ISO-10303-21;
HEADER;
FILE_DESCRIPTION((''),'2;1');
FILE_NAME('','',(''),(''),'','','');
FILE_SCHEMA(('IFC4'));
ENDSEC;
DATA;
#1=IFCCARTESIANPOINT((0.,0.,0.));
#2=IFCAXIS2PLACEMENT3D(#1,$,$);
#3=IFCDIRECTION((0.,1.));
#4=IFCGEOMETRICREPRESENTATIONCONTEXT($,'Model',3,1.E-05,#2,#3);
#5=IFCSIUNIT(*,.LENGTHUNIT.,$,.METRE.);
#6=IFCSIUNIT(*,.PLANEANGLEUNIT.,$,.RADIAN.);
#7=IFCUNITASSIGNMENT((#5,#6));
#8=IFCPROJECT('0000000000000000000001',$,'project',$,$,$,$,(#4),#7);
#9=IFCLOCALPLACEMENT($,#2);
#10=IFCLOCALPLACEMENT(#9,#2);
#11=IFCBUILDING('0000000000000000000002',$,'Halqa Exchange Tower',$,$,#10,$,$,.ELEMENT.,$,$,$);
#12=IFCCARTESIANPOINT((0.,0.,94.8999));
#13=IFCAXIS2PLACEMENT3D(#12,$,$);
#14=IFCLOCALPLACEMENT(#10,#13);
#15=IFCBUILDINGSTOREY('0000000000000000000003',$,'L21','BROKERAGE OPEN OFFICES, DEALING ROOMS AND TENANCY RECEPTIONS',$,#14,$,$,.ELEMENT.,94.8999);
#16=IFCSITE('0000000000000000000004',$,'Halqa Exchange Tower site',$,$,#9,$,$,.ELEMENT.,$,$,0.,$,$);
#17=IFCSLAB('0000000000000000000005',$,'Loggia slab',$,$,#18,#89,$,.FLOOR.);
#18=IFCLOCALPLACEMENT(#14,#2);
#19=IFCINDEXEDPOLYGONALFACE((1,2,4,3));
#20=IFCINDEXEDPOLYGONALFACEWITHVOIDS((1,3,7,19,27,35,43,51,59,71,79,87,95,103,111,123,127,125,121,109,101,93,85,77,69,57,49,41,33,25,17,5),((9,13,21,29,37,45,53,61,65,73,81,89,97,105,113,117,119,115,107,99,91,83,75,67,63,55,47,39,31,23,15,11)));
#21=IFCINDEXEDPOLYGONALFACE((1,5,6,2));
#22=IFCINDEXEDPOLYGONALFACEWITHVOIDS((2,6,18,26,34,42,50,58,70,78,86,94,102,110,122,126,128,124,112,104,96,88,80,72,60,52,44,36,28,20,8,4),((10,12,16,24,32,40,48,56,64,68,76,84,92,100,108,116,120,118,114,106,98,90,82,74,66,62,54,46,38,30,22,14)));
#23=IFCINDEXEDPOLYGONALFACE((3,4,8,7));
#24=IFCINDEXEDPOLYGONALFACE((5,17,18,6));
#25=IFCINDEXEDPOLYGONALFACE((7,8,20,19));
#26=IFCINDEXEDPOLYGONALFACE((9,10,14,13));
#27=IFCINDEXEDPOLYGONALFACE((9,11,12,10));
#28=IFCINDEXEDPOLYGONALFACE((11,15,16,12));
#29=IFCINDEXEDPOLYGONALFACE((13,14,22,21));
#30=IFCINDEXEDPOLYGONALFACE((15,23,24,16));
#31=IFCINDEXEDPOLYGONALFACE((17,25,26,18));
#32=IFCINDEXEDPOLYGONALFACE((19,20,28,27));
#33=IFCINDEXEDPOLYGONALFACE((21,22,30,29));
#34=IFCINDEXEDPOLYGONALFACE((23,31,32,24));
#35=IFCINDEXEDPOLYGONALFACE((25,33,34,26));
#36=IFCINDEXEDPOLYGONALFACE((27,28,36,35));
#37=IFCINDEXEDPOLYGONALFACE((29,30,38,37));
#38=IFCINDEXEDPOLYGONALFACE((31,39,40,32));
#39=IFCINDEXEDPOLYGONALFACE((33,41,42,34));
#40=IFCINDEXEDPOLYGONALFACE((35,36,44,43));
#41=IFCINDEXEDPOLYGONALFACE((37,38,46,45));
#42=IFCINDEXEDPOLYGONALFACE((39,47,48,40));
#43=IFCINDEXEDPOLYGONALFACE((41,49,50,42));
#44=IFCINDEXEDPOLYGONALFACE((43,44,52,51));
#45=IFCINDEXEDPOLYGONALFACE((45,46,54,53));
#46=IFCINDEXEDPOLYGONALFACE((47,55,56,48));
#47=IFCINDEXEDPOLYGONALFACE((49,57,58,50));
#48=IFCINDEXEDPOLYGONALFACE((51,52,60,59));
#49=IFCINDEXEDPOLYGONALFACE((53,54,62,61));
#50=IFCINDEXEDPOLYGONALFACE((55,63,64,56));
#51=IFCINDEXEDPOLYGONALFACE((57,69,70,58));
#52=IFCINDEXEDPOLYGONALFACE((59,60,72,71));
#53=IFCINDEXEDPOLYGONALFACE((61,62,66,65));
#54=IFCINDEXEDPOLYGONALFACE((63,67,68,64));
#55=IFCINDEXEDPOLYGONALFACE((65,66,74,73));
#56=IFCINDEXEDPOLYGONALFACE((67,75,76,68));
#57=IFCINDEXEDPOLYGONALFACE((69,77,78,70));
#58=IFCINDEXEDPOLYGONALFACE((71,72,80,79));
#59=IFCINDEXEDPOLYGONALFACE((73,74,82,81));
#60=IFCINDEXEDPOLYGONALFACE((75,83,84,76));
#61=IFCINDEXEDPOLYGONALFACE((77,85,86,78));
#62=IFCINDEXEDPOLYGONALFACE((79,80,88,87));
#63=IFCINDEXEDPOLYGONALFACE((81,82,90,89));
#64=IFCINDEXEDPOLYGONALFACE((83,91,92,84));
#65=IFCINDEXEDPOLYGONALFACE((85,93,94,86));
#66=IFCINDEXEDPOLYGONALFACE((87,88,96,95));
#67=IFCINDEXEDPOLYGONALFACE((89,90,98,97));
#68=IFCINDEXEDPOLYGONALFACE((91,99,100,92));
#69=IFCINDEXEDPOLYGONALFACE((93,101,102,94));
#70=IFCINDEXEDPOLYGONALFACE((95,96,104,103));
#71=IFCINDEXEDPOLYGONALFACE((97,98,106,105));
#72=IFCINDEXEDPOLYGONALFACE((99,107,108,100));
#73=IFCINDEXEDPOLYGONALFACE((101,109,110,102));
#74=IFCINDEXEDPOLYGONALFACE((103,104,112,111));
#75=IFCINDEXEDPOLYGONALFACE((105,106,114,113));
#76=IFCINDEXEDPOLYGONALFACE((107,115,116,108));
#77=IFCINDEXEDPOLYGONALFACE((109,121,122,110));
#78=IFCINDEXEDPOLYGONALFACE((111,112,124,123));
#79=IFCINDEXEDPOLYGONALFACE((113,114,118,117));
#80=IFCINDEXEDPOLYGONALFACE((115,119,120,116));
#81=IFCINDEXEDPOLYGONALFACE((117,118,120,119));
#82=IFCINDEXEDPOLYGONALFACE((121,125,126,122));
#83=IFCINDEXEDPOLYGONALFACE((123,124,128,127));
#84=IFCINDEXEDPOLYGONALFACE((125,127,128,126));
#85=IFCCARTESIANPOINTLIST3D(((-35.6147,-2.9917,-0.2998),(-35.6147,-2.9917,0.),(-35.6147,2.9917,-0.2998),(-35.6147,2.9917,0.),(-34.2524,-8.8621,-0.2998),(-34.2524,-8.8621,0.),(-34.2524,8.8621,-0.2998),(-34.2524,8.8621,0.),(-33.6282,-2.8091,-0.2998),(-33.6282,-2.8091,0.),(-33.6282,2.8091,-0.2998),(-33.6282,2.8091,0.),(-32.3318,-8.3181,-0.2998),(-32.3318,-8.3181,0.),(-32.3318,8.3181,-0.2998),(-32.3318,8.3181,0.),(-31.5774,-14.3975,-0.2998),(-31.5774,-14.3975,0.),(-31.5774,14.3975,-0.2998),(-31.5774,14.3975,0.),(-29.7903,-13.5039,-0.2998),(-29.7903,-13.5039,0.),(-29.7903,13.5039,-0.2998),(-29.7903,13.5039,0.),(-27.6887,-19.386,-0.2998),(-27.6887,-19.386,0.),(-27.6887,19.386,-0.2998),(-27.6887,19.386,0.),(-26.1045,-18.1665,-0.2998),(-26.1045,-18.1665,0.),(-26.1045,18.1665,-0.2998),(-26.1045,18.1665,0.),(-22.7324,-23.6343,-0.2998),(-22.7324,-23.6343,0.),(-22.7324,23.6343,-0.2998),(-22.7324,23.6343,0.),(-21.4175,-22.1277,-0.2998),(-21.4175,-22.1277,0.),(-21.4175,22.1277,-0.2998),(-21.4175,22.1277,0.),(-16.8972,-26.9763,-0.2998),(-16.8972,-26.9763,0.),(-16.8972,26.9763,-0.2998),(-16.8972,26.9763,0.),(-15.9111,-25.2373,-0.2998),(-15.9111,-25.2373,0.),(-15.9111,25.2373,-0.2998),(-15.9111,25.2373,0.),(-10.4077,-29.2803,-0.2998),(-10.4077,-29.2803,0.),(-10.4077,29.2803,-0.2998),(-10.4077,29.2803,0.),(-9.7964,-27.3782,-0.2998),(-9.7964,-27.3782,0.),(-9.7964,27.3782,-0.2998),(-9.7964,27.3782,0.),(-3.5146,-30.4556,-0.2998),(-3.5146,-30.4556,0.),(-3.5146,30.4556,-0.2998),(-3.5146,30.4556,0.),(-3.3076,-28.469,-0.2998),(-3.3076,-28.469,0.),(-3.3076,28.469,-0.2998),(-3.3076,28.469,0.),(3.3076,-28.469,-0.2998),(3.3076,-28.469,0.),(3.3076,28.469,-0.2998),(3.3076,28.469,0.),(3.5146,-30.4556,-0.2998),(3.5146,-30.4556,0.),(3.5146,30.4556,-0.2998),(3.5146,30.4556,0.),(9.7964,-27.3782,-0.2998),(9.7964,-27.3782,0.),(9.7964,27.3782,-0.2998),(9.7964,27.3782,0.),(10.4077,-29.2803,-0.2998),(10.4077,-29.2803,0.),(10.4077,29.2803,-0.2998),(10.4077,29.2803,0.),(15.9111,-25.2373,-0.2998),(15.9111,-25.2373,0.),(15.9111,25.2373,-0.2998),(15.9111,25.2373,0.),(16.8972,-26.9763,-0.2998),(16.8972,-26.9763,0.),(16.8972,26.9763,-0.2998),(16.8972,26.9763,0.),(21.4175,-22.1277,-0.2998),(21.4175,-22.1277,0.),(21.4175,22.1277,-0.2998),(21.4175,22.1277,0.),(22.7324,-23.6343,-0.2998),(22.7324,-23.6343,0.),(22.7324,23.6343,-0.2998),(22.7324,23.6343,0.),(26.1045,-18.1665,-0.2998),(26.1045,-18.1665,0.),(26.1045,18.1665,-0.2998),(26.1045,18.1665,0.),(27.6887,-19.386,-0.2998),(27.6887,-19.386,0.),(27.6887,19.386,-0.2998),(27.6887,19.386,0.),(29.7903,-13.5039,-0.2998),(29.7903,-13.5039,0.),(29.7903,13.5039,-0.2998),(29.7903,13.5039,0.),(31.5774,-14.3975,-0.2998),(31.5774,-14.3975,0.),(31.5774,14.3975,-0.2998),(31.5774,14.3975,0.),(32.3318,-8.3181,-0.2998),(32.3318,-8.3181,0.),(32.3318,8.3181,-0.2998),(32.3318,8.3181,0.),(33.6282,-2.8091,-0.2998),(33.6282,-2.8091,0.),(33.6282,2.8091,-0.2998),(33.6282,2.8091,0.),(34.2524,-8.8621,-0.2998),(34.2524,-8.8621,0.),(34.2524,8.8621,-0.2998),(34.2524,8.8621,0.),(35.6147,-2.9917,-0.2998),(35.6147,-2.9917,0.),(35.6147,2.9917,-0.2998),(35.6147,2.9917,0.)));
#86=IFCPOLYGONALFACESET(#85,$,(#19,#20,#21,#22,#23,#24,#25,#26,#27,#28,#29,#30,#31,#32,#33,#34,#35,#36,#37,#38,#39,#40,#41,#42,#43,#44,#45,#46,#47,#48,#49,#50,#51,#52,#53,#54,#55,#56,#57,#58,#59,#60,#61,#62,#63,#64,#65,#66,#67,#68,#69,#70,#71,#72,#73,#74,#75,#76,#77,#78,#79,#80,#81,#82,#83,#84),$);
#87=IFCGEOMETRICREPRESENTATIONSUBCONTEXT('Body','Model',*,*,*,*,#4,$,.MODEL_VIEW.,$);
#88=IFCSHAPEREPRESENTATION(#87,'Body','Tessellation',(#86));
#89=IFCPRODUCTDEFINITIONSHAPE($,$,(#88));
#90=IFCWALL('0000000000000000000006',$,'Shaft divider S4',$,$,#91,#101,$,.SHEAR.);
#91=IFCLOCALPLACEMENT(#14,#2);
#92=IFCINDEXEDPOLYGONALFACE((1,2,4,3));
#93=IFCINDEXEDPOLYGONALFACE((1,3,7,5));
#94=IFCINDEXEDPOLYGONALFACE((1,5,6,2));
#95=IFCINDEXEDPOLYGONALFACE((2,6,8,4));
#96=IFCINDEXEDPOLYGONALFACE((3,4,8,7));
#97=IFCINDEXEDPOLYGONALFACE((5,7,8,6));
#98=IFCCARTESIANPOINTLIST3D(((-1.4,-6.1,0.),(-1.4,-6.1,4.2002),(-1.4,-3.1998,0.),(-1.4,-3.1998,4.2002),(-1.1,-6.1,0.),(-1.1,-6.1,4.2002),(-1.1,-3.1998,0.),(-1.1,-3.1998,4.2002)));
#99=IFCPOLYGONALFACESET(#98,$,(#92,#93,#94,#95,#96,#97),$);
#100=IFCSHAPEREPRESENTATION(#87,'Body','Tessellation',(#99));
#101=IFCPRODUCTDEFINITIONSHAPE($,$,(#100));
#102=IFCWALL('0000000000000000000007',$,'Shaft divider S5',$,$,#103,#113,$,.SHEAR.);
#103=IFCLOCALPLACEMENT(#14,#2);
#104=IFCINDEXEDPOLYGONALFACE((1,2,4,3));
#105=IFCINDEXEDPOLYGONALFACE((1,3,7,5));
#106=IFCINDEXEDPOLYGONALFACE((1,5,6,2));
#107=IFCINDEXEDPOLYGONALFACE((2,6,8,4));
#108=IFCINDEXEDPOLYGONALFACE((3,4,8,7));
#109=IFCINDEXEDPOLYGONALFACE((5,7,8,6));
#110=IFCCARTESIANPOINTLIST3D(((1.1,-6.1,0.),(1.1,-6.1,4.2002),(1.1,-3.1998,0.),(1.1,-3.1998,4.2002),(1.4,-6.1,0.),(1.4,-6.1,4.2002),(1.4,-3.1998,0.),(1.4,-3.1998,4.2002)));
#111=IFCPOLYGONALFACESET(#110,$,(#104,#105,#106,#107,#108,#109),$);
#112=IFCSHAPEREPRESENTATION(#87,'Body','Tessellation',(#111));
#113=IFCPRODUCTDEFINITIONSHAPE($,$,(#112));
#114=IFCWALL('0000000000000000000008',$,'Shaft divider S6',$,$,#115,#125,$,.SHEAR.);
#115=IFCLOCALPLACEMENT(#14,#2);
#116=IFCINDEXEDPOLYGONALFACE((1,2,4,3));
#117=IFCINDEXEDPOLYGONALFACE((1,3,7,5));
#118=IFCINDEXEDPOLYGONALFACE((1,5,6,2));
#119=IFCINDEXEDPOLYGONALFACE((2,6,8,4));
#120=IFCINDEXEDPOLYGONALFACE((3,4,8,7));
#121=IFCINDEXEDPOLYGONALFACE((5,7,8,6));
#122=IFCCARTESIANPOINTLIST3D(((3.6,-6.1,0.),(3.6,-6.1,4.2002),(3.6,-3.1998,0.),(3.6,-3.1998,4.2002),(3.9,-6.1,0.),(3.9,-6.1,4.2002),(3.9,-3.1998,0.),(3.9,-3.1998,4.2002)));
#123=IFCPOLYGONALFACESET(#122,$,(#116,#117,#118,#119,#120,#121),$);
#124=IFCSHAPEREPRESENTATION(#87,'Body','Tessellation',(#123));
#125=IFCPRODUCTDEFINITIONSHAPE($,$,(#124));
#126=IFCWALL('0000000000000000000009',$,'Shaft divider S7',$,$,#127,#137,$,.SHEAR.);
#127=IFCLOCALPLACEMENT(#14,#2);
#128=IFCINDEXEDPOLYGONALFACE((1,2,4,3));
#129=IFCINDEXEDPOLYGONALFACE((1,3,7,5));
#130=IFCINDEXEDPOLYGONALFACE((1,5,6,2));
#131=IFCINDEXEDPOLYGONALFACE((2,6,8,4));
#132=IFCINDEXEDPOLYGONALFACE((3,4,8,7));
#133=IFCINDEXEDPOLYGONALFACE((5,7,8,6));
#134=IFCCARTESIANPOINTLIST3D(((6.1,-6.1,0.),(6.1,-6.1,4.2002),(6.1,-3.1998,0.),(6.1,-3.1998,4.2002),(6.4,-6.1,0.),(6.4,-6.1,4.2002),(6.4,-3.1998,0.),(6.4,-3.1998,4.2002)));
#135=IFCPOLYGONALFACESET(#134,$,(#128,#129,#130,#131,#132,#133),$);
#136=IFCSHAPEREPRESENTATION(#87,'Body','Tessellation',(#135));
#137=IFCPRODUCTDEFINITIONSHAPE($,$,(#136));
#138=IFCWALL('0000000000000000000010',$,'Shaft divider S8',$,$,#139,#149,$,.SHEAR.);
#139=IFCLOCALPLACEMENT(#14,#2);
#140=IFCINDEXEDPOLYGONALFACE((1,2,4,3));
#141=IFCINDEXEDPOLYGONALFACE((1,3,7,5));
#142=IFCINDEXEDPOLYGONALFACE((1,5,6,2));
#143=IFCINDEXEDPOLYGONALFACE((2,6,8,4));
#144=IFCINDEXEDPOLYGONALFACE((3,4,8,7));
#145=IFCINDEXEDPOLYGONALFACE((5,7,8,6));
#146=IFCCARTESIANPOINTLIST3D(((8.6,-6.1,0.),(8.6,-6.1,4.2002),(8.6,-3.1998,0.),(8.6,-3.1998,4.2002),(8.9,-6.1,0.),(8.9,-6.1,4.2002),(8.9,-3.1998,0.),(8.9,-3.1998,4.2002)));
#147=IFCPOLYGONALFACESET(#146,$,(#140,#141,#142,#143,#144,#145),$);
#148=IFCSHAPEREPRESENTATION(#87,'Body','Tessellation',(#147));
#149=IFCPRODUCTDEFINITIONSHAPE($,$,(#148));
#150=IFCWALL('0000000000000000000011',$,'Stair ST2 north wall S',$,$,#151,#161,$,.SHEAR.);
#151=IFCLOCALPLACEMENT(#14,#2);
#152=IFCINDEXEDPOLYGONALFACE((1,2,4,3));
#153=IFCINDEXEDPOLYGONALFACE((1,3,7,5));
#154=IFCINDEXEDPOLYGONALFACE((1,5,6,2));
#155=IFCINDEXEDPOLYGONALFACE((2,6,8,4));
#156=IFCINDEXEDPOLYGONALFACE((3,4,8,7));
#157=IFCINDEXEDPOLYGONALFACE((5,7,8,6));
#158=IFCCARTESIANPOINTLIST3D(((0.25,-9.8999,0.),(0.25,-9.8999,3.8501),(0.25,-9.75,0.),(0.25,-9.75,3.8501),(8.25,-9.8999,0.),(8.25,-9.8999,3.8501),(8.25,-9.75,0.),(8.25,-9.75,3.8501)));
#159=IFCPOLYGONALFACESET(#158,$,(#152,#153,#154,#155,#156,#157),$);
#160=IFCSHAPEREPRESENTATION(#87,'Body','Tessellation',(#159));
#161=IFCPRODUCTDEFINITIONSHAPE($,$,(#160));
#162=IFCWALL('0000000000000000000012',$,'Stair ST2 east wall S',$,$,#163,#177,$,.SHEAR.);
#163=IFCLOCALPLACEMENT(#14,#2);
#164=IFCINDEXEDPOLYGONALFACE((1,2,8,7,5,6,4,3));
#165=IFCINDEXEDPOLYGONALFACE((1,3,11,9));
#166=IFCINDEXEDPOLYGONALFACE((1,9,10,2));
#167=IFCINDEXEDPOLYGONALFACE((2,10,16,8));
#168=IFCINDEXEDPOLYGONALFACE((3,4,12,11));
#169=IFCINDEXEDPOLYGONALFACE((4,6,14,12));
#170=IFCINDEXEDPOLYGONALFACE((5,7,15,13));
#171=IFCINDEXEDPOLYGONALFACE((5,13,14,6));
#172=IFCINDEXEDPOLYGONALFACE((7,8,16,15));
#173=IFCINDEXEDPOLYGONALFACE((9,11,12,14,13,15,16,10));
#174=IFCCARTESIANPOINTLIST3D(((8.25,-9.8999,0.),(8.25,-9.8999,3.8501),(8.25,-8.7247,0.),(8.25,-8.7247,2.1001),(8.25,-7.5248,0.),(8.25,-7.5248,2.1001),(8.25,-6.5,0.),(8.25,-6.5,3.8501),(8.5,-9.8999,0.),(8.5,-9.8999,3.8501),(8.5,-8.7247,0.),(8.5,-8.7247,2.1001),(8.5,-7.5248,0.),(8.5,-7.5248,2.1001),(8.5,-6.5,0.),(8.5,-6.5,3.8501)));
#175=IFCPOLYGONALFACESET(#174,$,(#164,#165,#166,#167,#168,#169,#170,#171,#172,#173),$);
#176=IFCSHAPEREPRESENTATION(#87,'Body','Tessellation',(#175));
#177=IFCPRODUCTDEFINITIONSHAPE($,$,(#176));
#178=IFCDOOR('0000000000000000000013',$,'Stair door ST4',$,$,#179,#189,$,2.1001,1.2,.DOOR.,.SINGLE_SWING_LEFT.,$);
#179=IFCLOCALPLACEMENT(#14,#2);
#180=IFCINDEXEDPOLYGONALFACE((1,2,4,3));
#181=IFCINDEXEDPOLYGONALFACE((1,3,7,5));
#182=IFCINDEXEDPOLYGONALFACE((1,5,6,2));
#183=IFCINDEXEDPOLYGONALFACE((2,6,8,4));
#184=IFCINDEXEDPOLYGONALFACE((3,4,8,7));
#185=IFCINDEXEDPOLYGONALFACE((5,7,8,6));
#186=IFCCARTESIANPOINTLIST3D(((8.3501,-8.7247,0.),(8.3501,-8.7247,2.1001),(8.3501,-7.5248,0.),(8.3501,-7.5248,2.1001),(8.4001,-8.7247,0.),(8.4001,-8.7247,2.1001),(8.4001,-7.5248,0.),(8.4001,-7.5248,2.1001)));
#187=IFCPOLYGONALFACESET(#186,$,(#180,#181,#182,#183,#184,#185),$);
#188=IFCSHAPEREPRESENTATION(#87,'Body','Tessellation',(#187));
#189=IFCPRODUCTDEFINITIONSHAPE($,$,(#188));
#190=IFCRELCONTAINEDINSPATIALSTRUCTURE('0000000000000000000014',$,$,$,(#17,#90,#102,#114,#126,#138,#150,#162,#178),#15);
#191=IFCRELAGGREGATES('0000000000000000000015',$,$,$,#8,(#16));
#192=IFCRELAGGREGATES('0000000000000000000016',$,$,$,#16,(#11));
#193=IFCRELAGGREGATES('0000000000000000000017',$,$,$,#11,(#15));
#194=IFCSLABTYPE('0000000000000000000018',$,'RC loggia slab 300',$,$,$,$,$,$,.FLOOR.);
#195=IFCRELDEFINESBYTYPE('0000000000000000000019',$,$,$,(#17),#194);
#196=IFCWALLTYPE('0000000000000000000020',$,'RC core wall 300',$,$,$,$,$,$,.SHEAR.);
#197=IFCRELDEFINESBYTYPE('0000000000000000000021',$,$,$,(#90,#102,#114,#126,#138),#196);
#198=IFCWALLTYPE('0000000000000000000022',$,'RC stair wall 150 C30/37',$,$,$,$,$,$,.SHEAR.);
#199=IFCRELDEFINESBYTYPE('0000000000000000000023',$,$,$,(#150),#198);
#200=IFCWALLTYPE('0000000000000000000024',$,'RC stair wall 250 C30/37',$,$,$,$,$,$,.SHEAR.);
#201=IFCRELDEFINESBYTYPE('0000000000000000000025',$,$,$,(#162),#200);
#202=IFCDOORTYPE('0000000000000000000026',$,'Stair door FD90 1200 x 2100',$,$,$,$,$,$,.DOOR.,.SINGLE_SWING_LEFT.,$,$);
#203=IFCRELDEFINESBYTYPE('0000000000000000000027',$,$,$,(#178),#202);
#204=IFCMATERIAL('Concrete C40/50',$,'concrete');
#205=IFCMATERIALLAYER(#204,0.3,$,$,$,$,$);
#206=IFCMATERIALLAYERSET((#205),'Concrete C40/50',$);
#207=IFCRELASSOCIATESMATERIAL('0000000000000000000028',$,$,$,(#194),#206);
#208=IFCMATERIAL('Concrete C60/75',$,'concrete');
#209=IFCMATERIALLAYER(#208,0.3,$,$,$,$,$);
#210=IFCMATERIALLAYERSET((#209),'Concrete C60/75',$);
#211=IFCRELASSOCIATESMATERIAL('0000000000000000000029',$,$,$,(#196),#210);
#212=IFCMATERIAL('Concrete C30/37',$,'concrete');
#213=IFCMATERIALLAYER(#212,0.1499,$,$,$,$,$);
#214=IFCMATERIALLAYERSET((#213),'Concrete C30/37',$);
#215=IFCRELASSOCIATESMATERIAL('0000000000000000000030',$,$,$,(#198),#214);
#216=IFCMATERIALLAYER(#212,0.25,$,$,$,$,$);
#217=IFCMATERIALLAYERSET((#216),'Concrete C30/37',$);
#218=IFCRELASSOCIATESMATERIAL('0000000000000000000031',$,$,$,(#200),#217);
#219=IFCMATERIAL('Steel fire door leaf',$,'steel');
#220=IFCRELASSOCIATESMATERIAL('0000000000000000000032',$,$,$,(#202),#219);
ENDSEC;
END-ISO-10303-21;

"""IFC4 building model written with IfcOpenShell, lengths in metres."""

from ifc_helpers import new_model, si_unit, direction, frame, frame_2d, origin, place, context, subcontext, project, spatial, polyline, rectangle, outline, extrude, material, layer, layer_set, type_object, element, fill, save


model = new_model("IFC4")

# Units and contexts
model_context = context("Model", 3, precision=1e-05, world=origin(), true_north=direction((0.0, 1.0)))
body_context = subcontext(model_context, "Body", "Model", "MODEL_VIEW")
ifc_project = project(units=[si_unit("LENGTHUNIT", "METRE"), si_unit("PLANEANGLEUNIT", "RADIAN")], contexts=[model_context])

# Site, building, storey
site_placement = place(None, origin())
site = spatial("IfcSite", under=ifc_project, at=site_placement, Name="Halqa Exchange Tower site", CompositionType="ELEMENT", RefElevation=0.0)
building_placement = place(site_placement, origin())
building = spatial("IfcBuilding", under=site, at=building_placement, Name="Halqa Exchange Tower", CompositionType="ELEMENT")
storey_placement = place(building_placement, frame((0.0, 0.0, 94.8999)))
storey = spatial("IfcBuildingStorey", under=building, at=storey_placement, Name="L21", Description="BROKERAGE OPEN OFFICES, DEALING ROOMS AND TENANCY RECEPTIONS", CompositionType="ELEMENT", Elevation=94.8999)

# Slab
ifc_material_1 = material(Name="Concrete C40/50", Category="concrete")
ifc_layer_1 = layer(ifc_material_1, 0.3)
ifc_layer_set_1 = layer_set([ifc_layer_1], Name="Concrete C40/50")
slab_type_1 = type_object("IfcSlabType", Name="RC loggia slab 300", PredefinedType="FLOOR", material=ifc_layer_set_1)
slab_1_placement = place(storey_placement, frame((0.0, 0.0, -0.2998)))
element("IfcSlab", 1, at=slab_1_placement, inside=storey, type_object=slab_type_1, Name="Loggia slab", PredefinedType="FLOOR", context=body_context, shape_type="SweptSolid", body=[
    extrude(outline(polyline([(35.6147, 2.9917), (35.6147, -2.9917), (34.2524, -8.8621), (31.5774, -14.3975), (27.6887, -19.386), (22.7324, -23.6343), (16.8972, -26.9763), (10.4077, -29.2803), (3.5146, -30.4556), (-3.5146, -30.4556), (-10.4077, -29.2803), (-16.8972, -26.9763), (-22.7324, -23.6343), (-27.6887, -19.386), (-31.5774, -14.3975), (-34.2524, -8.8621), (-35.6147, -2.9917), (-35.6147, 2.9917), (-34.2524, 8.8621), (-31.5774, 14.3975), (-27.6887, 19.386), (-22.7324, 23.6343), (-16.8972, 26.9763), (-10.4077, 29.2803), (-3.5146, 30.4556), (3.5146, 30.4556), (10.4077, 29.2803), (16.8972, 26.9763), (22.7324, 23.6343), (27.6887, 19.386), (31.5774, 14.3975), (34.2524, 8.8621), (35.6147, 2.9917)]), holes=[polyline([(33.6282, 2.8091), (32.3318, 8.3181), (29.7903, 13.5039), (26.1045, 18.1665), (21.4175, 22.1277), (15.9111, 25.2373), (9.7964, 27.3782), (3.3076, 28.469), (-3.3076, 28.469), (-9.7964, 27.3782), (-15.9111, 25.2373), (-21.4175, 22.1277), (-26.1045, 18.1665), (-29.7903, 13.5039), (-32.3318, 8.3181), (-33.6282, 2.8091), (-33.6282, -2.8091), (-32.3318, -8.3181), (-29.7903, -13.5039), (-26.1045, -18.1665), (-21.4175, -22.1277), (-15.9111, -25.2373), (-9.7964, -27.3782), (-3.3076, -28.469), (3.3076, -28.469), (9.7964, -27.3782), (15.9111, -25.2373), (21.4175, -22.1277), (26.1045, -18.1665), (29.7903, -13.5039), (32.3318, -8.3181), (33.6282, -2.8091), (33.6282, 2.8091)])]), origin(), (0.0, 0.0, 1.0), 0.2998),
])

# Walls
ifc_material_2 = material(Name="Concrete C60/75", Category="concrete")
ifc_layer_2 = layer(ifc_material_2, 0.3)
ifc_layer_set_2 = layer_set([ifc_layer_2], Name="Concrete C60/75")
wall_type_1 = type_object("IfcWallType", Name="RC core wall 300", PredefinedType="SHEAR", material=ifc_layer_set_2)
for number, where, z_axis, x_axis, name in (
    (2, (-1.25, -6.1001, 0.0), (0.0, 0.0, 1.0), (0.0, 1.0, 0.0), "Shaft divider S4"),
    (3, (1.25, -6.1001, 0.0), (0.0, 0.0, 1.0), (0.0, 1.0, 0.0), "Shaft divider S5"),
    (4, (3.75, -6.1001, 0.0), (0.0, 0.0, 1.0), (0.0, 1.0, 0.0), "Shaft divider S6"),
    (5, (6.25, -6.1001, 0.0), (0.0, 0.0, 1.0), (0.0, 1.0, 0.0), "Shaft divider S7"),
    (6, (8.75, -6.1001, 0.0), (0.0, 0.0, 1.0), (0.0, 1.0, 0.0), "Shaft divider S8"),
):
    element("IfcWall", number, at=place(storey_placement, frame(where, z_axis=z_axis, x_axis=x_axis)), inside=storey, type_object=wall_type_1, Name=name, PredefinedType="SHEAR", context=body_context, shape_type="SweptSolid", body=[
        extrude(rectangle(XDim=2.9001, YDim=0.3, at=frame_2d((1.4502, 0.0))), origin(), (0.0, 0.0, 1.0), 4.2002),
    ])
ifc_material_3 = material(Name="Concrete C30/37", Category="concrete")
ifc_layer_3 = layer(ifc_material_3, 0.1499)
ifc_layer_set_3 = layer_set([ifc_layer_3], Name="Concrete C30/37")
wall_type_2 = type_object("IfcWallType", Name="RC stair wall 150 C30/37", PredefinedType="SHEAR", material=ifc_layer_set_3)
wall_1_placement = place(storey_placement, frame((0.25, -9.825, 0.0), z_axis=(0.0, 0.0, 1.0), x_axis=(1.0, 0.0, 0.0)))
element("IfcWall", 7, at=wall_1_placement, inside=storey, type_object=wall_type_2, Name="Stair ST2 north wall S", PredefinedType="SHEAR", context=body_context, shape_type="SweptSolid", body=[
    extrude(rectangle(XDim=8.0, YDim=0.1499, at=frame_2d((4.0, 0.0))), origin(), (0.0, 0.0, 1.0), 3.8501),
])

# Wall, opening, door
ifc_layer_4 = layer(ifc_material_3, 0.25)
ifc_layer_set_4 = layer_set([ifc_layer_4], Name="Concrete C30/37")
wall_type_3 = type_object("IfcWallType", Name="RC stair wall 250 C30/37", PredefinedType="SHEAR", material=ifc_layer_set_4)
wall_2_placement = place(storey_placement, frame((8.375, -9.8999, 0.0), z_axis=(0.0, 0.0, 1.0), x_axis=(0.0, 1.0, 0.0)))
wall_2 = element("IfcWall", 8, at=wall_2_placement, inside=storey, type_object=wall_type_3, Name="Stair ST2 east wall S", PredefinedType="SHEAR", context=body_context, shape_type="SweptSolid", body=[
    extrude(rectangle(XDim=3.3999, YDim=0.25, at=frame_2d((1.7, 0.0))), origin(), (0.0, 0.0, 1.0), 3.8501),
])
opening_placement = place(wall_2_placement, frame((1.175, 0.0, 0.0)))
opening = element("IfcOpeningElement", 9, at=opening_placement, cuts=wall_2, PredefinedType="OPENING", context=body_context, shape_type="SweptSolid", body=[
    extrude(rectangle(XDim=1.2, YDim=2.1001, at=frame_2d((0.6001, 1.05))), frame((0.0, 0.137, 0.0), z_axis=(0.0, -1.0, 0.0), x_axis=(1.0, 0.0, 0.0)), (0.0, 0.0, 1.0), 0.2739),
])
ifc_material_4 = material(Name="Steel fire door leaf", Category="steel")
door_type = type_object("IfcDoorType", Name="Stair door FD90 1200 x 2100", OperationType="SINGLE_SWING_LEFT", PredefinedType="DOOR", material=ifc_material_4)
door_placement = place(opening_placement, origin())
door = element("IfcDoor", 10, at=door_placement, inside=storey, type_object=door_type, Name="Stair door ST4", OperationType="SINGLE_SWING_LEFT", OverallHeight=2.1001, OverallWidth=1.2, PredefinedType="DOOR", context=body_context, shape_type="SweptSolid", body=[
    extrude(rectangle(XDim=1.2, YDim=2.1001, at=frame_2d((0.6001, 1.05))), frame((0.0, 0.0249, 0.0), z_axis=(0.0, -1.0, 0.0), x_axis=(1.0, 0.0, 0.0)), (0.0, 0.0, 1.0), 0.05),
])
fill(opening, door)

save(model, "model.ifc")
